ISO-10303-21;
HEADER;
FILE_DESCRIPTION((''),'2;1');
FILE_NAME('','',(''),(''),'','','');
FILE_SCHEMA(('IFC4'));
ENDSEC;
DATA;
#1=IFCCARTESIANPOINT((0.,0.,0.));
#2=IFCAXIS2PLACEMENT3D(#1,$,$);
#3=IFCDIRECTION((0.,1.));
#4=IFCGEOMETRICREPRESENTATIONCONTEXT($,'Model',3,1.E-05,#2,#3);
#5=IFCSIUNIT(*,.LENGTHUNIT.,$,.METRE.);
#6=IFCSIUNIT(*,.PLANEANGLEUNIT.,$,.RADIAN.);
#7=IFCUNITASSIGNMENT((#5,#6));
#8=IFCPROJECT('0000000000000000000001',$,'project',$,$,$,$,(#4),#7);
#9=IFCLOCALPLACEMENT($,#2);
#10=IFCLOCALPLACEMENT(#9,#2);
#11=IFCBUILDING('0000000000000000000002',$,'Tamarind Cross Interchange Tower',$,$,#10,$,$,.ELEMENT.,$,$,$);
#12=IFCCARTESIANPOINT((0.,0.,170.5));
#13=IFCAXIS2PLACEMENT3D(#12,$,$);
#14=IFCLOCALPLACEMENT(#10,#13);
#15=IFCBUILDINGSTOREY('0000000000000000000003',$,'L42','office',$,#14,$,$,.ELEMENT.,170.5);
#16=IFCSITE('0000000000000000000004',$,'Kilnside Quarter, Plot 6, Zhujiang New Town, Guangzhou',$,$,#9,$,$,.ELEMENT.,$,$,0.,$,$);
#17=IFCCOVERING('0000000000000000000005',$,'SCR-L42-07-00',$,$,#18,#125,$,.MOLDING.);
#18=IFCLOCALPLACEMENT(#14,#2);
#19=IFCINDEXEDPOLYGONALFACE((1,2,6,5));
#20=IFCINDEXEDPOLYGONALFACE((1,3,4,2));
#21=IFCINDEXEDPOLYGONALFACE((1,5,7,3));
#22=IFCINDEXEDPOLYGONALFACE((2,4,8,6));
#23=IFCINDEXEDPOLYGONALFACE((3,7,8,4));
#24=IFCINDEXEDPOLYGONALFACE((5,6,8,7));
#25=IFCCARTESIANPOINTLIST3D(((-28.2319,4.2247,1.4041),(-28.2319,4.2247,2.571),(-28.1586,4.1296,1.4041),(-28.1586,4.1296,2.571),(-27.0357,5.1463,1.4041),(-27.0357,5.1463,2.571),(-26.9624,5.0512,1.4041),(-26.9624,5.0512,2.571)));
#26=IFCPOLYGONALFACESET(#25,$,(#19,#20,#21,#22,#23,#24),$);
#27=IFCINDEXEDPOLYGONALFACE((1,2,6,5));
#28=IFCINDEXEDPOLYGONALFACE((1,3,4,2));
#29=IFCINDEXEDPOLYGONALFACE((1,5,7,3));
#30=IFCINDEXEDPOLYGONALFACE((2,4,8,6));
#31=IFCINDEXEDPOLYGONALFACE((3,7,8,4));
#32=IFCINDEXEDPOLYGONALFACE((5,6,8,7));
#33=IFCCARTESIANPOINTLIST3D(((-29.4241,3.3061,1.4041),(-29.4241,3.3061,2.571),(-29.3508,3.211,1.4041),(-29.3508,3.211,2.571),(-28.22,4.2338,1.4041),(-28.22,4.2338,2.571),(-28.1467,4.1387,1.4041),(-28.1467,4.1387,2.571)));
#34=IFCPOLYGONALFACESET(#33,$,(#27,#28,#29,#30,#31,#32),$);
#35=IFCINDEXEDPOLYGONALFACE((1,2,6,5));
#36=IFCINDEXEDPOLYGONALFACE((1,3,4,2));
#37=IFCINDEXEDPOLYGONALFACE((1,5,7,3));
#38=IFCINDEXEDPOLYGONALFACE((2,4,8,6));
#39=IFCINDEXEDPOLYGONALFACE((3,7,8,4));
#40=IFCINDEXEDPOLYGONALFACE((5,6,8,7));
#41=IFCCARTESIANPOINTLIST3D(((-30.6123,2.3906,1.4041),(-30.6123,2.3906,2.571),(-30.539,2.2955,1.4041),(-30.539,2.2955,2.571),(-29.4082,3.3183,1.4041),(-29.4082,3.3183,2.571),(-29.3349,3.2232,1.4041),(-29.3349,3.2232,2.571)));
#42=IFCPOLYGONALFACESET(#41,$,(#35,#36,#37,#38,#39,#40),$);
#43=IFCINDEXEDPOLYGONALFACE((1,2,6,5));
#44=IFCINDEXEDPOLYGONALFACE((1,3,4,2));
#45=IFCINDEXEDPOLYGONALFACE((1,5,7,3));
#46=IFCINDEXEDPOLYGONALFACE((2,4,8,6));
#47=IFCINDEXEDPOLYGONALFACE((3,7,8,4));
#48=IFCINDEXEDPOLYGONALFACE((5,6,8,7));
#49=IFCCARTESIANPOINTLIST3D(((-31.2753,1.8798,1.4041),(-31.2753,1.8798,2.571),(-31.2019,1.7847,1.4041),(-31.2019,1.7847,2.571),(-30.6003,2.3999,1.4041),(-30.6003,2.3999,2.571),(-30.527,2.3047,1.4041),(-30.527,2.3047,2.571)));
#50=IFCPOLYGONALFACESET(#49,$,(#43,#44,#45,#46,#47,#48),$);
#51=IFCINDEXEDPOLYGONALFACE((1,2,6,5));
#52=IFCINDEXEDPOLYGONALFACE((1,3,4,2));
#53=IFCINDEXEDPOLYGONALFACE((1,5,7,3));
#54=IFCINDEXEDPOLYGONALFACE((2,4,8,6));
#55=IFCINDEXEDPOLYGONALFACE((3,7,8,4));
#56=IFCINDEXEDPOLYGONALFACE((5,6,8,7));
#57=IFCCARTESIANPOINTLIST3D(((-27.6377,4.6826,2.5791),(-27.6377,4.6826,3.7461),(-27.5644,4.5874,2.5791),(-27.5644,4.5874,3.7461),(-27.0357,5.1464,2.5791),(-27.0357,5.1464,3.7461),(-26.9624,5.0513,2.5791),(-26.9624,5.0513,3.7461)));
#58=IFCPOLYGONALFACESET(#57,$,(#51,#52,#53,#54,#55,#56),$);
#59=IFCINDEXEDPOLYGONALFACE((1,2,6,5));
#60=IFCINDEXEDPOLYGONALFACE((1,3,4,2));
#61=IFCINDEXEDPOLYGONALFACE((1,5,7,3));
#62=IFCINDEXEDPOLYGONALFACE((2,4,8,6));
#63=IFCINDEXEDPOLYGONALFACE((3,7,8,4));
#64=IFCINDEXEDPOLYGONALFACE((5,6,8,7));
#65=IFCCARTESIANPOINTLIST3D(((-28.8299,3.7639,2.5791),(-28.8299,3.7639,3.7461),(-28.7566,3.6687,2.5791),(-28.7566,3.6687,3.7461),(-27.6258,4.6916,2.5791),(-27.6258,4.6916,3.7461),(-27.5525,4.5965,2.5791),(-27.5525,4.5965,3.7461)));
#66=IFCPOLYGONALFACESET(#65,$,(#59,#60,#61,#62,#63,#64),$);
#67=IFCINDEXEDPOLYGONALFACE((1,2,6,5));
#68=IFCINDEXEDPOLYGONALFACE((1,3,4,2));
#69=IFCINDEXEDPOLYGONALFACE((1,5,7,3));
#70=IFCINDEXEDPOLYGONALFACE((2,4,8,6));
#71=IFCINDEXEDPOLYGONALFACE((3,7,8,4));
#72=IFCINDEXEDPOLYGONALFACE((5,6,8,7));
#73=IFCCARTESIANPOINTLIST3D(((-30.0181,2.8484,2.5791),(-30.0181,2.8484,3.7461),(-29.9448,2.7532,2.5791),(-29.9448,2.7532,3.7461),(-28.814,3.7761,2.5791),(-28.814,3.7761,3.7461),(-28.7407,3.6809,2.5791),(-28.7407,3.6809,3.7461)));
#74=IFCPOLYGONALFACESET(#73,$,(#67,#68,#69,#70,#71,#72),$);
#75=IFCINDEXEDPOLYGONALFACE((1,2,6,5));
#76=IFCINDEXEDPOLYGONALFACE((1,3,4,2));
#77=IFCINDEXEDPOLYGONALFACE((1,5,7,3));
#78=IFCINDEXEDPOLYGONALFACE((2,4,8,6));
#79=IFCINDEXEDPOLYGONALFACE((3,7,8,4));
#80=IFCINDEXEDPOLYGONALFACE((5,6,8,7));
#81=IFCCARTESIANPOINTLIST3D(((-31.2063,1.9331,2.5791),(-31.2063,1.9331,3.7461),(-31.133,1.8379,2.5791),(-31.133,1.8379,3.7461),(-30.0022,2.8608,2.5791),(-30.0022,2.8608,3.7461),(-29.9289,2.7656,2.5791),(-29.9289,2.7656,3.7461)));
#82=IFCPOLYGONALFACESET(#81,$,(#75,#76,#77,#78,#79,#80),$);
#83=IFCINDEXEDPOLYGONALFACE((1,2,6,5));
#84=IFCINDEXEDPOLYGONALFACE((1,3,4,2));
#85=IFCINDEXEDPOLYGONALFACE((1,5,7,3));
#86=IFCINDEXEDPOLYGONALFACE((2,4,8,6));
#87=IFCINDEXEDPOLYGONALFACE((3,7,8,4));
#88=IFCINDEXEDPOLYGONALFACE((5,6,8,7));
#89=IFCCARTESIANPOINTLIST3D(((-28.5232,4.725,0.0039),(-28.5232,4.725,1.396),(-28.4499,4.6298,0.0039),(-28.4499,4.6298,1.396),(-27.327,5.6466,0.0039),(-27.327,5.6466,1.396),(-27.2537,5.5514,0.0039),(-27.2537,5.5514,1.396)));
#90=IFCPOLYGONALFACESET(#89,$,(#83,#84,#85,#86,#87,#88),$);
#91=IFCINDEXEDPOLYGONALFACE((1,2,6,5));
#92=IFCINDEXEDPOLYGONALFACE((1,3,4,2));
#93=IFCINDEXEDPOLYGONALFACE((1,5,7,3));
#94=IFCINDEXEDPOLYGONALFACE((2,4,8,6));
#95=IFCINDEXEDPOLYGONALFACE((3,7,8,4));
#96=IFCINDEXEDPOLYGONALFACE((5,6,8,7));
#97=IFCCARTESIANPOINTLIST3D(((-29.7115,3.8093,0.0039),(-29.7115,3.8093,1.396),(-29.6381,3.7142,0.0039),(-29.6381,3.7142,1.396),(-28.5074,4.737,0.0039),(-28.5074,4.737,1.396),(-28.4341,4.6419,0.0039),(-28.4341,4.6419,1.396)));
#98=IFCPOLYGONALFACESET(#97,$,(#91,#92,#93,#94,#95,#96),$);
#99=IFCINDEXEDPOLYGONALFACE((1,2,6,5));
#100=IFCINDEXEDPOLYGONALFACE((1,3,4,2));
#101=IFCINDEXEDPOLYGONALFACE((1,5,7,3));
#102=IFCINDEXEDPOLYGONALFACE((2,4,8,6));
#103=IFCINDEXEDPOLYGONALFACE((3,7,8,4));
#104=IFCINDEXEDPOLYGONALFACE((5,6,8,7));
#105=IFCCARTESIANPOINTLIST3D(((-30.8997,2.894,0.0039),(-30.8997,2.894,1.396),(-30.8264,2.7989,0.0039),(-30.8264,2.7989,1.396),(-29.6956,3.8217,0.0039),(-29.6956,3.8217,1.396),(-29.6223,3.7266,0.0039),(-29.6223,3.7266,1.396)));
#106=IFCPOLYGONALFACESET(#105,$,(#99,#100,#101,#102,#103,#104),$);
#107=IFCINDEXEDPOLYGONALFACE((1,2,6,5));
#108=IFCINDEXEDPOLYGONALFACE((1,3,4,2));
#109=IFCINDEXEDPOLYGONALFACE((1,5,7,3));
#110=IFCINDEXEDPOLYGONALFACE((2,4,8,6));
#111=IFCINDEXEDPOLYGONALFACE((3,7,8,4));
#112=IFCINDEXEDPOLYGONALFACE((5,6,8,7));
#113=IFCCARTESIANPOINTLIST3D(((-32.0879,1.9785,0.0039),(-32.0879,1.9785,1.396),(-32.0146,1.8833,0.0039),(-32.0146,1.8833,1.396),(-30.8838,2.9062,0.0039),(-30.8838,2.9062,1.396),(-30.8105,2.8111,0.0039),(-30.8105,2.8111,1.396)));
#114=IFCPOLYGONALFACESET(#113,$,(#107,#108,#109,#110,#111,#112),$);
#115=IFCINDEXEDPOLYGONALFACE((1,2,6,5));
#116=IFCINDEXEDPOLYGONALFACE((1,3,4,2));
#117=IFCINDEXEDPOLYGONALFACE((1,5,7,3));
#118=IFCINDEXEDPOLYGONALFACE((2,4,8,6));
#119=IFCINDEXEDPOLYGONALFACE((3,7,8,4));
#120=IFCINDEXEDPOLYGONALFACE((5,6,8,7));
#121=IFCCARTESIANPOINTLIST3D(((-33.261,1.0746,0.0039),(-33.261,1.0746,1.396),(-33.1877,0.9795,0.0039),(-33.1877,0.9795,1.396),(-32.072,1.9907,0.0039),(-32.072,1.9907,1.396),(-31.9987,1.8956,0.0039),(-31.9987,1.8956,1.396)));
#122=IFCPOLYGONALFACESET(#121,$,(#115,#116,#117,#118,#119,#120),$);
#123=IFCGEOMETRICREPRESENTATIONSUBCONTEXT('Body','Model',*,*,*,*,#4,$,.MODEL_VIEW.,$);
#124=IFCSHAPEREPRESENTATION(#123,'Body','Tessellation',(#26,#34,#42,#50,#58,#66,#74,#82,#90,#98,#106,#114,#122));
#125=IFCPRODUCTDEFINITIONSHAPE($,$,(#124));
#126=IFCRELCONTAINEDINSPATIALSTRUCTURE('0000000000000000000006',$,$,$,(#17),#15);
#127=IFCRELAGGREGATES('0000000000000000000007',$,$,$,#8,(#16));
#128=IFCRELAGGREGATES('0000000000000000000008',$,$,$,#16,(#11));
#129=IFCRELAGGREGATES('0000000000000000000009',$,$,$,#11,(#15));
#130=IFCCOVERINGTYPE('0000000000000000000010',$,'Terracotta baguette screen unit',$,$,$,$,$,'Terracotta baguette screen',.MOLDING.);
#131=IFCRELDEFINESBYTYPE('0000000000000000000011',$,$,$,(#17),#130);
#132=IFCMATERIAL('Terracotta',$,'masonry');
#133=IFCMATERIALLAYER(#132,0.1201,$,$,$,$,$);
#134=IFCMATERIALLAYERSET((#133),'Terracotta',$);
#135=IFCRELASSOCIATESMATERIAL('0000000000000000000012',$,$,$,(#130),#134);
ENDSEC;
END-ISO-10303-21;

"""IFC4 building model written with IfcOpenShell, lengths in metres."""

from ifc_helpers import new_model, si_unit, direction, frame, origin, origin_2d, place, context, subcontext, project, spatial, rectangle, extrude, material, layer, layer_set, type_object, element, save


model = new_model("IFC4")

# Units and contexts
model_context = context("Model", 3, precision=1e-05, world=origin(), true_north=direction((0.0, 1.0)))
body_context = subcontext(model_context, "Body", "Model", "MODEL_VIEW")
ifc_project = project(units=[si_unit("LENGTHUNIT", "METRE"), si_unit("PLANEANGLEUNIT", "RADIAN")], contexts=[model_context])

# Site, building, storey
site_placement = place(None, origin())
site = spatial("IfcSite", under=ifc_project, at=site_placement, Name="Kilnside Quarter, Plot 6, Zhujiang New Town, Guangzhou", CompositionType="ELEMENT", RefElevation=0.0)
building_placement = place(site_placement, origin())
building = spatial("IfcBuilding", under=site, at=building_placement, Name="Tamarind Cross Interchange Tower", CompositionType="ELEMENT")
storey_placement = place(building_placement, frame((0.0, 0.0, 170.5)))
storey = spatial("IfcBuildingStorey", under=building, at=storey_placement, Name="L42", Description="office", CompositionType="ELEMENT", Elevation=170.5)

# Covering
ifc_material_1 = material(Name="Terracotta", Category="masonry")
ifc_layer_1 = layer(ifc_material_1, 0.1201)
ifc_layer_set_1 = layer_set([ifc_layer_1], Name="Terracotta")
covering_type = type_object("IfcCoveringType", Name="Terracotta baguette screen unit", ElementType="Terracotta baguette screen", PredefinedType="MOLDING", material=ifc_layer_set_1)
covering_1_placement = place(storey_placement, origin())
element("IfcCovering", 1, at=covering_1_placement, inside=storey, type_object=covering_type, Name="SCR-L42-07-00", PredefinedType="MOLDING", context=body_context, shape_type="SweptSolid", body=[
    extrude(rectangle(XDim=1.51, YDim=0.1201, at=origin_2d()), frame((-27.5972, 4.6379, 1.4041), z_axis=(0.0, 0.0, 1.0), x_axis=(-0.792153, -0.610322, 0.0)), (0.0, 0.0, 1.0), 1.167),
    extrude(rectangle(XDim=1.52, YDim=0.1201, at=origin_2d()), frame((-28.7854, 3.7224, 1.4041), z_axis=(0.0, 0.0, 1.0), x_axis=(-0.792153, -0.610322, 0.0)), (0.0, 0.0, 1.0), 1.167),
    extrude(rectangle(XDim=1.52, YDim=0.1201, at=origin_2d()), frame((-29.9736, 2.8069, 1.4041), z_axis=(0.0, 0.0, 1.0), x_axis=(-0.792153, -0.610322, 0.0)), (0.0, 0.0, 1.0), 1.167),
    extrude(rectangle(XDim=0.8521, YDim=0.1201, at=origin_2d()), frame((-30.9011, 2.0923, 1.4041), z_axis=(0.0, 0.0, 1.0), x_axis=(-0.792153, -0.610322, 0.0)), (0.0, 0.0, 1.0), 1.167),
    extrude(rectangle(XDim=0.76, YDim=0.1201, at=origin_2d()), frame((-27.3, 4.8669, 2.5791), z_axis=(0.0, 0.0, 1.0), x_axis=(-0.792153, -0.610322, 0.0)), (0.0, 0.0, 1.0), 1.167),
    extrude(rectangle(XDim=1.52, YDim=0.1201, at=origin_2d()), frame((-28.1912, 4.1802, 2.5791), z_axis=(0.0, 0.0, 1.0), x_axis=(-0.792153, -0.610322, 0.0)), (0.0, 0.0, 1.0), 1.167),
    extrude(rectangle(XDim=1.52, YDim=0.1201, at=origin_2d()), frame((-29.3794, 3.2646, 2.5791), z_axis=(0.0, 0.0, 1.0), x_axis=(-0.792153, -0.610322, 0.0)), (0.0, 0.0, 1.0), 1.167),
    extrude(rectangle(XDim=1.52, YDim=0.1201, at=origin_2d()), frame((-30.5676, 2.3494, 2.5791), z_axis=(0.0, 0.0, 1.0), x_axis=(-0.792153, -0.610322, 0.0)), (0.0, 0.0, 1.0), 1.167),
    extrude(rectangle(XDim=1.51, YDim=0.1201, at=origin_2d()), frame((-27.8884, 5.1382, 0.0039), z_axis=(0.0, 0.0, 1.0), x_axis=(-0.792153, -0.610322, 0.0)), (0.0, 0.0, 1.0), 1.3921),
    extrude(rectangle(XDim=1.52, YDim=0.1201, at=origin_2d()), frame((-29.0728, 4.2256, 0.0039), z_axis=(0.0, 0.0, 1.0), x_axis=(-0.792153, -0.610322, 0.0)), (0.0, 0.0, 1.0), 1.3921),
    extrude(rectangle(XDim=1.52, YDim=0.1201, at=origin_2d()), frame((-30.261, 3.3103, 0.0039), z_axis=(0.0, 0.0, 1.0), x_axis=(-0.792153, -0.610322, 0.0)), (0.0, 0.0, 1.0), 1.3921),
    extrude(rectangle(XDim=1.52, YDim=0.1201, at=origin_2d()), frame((-31.4492, 2.3948, 0.0039), z_axis=(0.0, 0.0, 1.0), x_axis=(-0.792153, -0.610322, 0.0)), (0.0, 0.0, 1.0), 1.3921),
    extrude(rectangle(XDim=1.501, YDim=0.1201, at=origin_2d()), frame((-32.6299, 1.4851, 0.0039), z_axis=(0.0, 0.0, 1.0), x_axis=(-0.792153, -0.610322, 0.0)), (0.0, 0.0, 1.0), 1.3921),
])

save(model, "model.ifc")
